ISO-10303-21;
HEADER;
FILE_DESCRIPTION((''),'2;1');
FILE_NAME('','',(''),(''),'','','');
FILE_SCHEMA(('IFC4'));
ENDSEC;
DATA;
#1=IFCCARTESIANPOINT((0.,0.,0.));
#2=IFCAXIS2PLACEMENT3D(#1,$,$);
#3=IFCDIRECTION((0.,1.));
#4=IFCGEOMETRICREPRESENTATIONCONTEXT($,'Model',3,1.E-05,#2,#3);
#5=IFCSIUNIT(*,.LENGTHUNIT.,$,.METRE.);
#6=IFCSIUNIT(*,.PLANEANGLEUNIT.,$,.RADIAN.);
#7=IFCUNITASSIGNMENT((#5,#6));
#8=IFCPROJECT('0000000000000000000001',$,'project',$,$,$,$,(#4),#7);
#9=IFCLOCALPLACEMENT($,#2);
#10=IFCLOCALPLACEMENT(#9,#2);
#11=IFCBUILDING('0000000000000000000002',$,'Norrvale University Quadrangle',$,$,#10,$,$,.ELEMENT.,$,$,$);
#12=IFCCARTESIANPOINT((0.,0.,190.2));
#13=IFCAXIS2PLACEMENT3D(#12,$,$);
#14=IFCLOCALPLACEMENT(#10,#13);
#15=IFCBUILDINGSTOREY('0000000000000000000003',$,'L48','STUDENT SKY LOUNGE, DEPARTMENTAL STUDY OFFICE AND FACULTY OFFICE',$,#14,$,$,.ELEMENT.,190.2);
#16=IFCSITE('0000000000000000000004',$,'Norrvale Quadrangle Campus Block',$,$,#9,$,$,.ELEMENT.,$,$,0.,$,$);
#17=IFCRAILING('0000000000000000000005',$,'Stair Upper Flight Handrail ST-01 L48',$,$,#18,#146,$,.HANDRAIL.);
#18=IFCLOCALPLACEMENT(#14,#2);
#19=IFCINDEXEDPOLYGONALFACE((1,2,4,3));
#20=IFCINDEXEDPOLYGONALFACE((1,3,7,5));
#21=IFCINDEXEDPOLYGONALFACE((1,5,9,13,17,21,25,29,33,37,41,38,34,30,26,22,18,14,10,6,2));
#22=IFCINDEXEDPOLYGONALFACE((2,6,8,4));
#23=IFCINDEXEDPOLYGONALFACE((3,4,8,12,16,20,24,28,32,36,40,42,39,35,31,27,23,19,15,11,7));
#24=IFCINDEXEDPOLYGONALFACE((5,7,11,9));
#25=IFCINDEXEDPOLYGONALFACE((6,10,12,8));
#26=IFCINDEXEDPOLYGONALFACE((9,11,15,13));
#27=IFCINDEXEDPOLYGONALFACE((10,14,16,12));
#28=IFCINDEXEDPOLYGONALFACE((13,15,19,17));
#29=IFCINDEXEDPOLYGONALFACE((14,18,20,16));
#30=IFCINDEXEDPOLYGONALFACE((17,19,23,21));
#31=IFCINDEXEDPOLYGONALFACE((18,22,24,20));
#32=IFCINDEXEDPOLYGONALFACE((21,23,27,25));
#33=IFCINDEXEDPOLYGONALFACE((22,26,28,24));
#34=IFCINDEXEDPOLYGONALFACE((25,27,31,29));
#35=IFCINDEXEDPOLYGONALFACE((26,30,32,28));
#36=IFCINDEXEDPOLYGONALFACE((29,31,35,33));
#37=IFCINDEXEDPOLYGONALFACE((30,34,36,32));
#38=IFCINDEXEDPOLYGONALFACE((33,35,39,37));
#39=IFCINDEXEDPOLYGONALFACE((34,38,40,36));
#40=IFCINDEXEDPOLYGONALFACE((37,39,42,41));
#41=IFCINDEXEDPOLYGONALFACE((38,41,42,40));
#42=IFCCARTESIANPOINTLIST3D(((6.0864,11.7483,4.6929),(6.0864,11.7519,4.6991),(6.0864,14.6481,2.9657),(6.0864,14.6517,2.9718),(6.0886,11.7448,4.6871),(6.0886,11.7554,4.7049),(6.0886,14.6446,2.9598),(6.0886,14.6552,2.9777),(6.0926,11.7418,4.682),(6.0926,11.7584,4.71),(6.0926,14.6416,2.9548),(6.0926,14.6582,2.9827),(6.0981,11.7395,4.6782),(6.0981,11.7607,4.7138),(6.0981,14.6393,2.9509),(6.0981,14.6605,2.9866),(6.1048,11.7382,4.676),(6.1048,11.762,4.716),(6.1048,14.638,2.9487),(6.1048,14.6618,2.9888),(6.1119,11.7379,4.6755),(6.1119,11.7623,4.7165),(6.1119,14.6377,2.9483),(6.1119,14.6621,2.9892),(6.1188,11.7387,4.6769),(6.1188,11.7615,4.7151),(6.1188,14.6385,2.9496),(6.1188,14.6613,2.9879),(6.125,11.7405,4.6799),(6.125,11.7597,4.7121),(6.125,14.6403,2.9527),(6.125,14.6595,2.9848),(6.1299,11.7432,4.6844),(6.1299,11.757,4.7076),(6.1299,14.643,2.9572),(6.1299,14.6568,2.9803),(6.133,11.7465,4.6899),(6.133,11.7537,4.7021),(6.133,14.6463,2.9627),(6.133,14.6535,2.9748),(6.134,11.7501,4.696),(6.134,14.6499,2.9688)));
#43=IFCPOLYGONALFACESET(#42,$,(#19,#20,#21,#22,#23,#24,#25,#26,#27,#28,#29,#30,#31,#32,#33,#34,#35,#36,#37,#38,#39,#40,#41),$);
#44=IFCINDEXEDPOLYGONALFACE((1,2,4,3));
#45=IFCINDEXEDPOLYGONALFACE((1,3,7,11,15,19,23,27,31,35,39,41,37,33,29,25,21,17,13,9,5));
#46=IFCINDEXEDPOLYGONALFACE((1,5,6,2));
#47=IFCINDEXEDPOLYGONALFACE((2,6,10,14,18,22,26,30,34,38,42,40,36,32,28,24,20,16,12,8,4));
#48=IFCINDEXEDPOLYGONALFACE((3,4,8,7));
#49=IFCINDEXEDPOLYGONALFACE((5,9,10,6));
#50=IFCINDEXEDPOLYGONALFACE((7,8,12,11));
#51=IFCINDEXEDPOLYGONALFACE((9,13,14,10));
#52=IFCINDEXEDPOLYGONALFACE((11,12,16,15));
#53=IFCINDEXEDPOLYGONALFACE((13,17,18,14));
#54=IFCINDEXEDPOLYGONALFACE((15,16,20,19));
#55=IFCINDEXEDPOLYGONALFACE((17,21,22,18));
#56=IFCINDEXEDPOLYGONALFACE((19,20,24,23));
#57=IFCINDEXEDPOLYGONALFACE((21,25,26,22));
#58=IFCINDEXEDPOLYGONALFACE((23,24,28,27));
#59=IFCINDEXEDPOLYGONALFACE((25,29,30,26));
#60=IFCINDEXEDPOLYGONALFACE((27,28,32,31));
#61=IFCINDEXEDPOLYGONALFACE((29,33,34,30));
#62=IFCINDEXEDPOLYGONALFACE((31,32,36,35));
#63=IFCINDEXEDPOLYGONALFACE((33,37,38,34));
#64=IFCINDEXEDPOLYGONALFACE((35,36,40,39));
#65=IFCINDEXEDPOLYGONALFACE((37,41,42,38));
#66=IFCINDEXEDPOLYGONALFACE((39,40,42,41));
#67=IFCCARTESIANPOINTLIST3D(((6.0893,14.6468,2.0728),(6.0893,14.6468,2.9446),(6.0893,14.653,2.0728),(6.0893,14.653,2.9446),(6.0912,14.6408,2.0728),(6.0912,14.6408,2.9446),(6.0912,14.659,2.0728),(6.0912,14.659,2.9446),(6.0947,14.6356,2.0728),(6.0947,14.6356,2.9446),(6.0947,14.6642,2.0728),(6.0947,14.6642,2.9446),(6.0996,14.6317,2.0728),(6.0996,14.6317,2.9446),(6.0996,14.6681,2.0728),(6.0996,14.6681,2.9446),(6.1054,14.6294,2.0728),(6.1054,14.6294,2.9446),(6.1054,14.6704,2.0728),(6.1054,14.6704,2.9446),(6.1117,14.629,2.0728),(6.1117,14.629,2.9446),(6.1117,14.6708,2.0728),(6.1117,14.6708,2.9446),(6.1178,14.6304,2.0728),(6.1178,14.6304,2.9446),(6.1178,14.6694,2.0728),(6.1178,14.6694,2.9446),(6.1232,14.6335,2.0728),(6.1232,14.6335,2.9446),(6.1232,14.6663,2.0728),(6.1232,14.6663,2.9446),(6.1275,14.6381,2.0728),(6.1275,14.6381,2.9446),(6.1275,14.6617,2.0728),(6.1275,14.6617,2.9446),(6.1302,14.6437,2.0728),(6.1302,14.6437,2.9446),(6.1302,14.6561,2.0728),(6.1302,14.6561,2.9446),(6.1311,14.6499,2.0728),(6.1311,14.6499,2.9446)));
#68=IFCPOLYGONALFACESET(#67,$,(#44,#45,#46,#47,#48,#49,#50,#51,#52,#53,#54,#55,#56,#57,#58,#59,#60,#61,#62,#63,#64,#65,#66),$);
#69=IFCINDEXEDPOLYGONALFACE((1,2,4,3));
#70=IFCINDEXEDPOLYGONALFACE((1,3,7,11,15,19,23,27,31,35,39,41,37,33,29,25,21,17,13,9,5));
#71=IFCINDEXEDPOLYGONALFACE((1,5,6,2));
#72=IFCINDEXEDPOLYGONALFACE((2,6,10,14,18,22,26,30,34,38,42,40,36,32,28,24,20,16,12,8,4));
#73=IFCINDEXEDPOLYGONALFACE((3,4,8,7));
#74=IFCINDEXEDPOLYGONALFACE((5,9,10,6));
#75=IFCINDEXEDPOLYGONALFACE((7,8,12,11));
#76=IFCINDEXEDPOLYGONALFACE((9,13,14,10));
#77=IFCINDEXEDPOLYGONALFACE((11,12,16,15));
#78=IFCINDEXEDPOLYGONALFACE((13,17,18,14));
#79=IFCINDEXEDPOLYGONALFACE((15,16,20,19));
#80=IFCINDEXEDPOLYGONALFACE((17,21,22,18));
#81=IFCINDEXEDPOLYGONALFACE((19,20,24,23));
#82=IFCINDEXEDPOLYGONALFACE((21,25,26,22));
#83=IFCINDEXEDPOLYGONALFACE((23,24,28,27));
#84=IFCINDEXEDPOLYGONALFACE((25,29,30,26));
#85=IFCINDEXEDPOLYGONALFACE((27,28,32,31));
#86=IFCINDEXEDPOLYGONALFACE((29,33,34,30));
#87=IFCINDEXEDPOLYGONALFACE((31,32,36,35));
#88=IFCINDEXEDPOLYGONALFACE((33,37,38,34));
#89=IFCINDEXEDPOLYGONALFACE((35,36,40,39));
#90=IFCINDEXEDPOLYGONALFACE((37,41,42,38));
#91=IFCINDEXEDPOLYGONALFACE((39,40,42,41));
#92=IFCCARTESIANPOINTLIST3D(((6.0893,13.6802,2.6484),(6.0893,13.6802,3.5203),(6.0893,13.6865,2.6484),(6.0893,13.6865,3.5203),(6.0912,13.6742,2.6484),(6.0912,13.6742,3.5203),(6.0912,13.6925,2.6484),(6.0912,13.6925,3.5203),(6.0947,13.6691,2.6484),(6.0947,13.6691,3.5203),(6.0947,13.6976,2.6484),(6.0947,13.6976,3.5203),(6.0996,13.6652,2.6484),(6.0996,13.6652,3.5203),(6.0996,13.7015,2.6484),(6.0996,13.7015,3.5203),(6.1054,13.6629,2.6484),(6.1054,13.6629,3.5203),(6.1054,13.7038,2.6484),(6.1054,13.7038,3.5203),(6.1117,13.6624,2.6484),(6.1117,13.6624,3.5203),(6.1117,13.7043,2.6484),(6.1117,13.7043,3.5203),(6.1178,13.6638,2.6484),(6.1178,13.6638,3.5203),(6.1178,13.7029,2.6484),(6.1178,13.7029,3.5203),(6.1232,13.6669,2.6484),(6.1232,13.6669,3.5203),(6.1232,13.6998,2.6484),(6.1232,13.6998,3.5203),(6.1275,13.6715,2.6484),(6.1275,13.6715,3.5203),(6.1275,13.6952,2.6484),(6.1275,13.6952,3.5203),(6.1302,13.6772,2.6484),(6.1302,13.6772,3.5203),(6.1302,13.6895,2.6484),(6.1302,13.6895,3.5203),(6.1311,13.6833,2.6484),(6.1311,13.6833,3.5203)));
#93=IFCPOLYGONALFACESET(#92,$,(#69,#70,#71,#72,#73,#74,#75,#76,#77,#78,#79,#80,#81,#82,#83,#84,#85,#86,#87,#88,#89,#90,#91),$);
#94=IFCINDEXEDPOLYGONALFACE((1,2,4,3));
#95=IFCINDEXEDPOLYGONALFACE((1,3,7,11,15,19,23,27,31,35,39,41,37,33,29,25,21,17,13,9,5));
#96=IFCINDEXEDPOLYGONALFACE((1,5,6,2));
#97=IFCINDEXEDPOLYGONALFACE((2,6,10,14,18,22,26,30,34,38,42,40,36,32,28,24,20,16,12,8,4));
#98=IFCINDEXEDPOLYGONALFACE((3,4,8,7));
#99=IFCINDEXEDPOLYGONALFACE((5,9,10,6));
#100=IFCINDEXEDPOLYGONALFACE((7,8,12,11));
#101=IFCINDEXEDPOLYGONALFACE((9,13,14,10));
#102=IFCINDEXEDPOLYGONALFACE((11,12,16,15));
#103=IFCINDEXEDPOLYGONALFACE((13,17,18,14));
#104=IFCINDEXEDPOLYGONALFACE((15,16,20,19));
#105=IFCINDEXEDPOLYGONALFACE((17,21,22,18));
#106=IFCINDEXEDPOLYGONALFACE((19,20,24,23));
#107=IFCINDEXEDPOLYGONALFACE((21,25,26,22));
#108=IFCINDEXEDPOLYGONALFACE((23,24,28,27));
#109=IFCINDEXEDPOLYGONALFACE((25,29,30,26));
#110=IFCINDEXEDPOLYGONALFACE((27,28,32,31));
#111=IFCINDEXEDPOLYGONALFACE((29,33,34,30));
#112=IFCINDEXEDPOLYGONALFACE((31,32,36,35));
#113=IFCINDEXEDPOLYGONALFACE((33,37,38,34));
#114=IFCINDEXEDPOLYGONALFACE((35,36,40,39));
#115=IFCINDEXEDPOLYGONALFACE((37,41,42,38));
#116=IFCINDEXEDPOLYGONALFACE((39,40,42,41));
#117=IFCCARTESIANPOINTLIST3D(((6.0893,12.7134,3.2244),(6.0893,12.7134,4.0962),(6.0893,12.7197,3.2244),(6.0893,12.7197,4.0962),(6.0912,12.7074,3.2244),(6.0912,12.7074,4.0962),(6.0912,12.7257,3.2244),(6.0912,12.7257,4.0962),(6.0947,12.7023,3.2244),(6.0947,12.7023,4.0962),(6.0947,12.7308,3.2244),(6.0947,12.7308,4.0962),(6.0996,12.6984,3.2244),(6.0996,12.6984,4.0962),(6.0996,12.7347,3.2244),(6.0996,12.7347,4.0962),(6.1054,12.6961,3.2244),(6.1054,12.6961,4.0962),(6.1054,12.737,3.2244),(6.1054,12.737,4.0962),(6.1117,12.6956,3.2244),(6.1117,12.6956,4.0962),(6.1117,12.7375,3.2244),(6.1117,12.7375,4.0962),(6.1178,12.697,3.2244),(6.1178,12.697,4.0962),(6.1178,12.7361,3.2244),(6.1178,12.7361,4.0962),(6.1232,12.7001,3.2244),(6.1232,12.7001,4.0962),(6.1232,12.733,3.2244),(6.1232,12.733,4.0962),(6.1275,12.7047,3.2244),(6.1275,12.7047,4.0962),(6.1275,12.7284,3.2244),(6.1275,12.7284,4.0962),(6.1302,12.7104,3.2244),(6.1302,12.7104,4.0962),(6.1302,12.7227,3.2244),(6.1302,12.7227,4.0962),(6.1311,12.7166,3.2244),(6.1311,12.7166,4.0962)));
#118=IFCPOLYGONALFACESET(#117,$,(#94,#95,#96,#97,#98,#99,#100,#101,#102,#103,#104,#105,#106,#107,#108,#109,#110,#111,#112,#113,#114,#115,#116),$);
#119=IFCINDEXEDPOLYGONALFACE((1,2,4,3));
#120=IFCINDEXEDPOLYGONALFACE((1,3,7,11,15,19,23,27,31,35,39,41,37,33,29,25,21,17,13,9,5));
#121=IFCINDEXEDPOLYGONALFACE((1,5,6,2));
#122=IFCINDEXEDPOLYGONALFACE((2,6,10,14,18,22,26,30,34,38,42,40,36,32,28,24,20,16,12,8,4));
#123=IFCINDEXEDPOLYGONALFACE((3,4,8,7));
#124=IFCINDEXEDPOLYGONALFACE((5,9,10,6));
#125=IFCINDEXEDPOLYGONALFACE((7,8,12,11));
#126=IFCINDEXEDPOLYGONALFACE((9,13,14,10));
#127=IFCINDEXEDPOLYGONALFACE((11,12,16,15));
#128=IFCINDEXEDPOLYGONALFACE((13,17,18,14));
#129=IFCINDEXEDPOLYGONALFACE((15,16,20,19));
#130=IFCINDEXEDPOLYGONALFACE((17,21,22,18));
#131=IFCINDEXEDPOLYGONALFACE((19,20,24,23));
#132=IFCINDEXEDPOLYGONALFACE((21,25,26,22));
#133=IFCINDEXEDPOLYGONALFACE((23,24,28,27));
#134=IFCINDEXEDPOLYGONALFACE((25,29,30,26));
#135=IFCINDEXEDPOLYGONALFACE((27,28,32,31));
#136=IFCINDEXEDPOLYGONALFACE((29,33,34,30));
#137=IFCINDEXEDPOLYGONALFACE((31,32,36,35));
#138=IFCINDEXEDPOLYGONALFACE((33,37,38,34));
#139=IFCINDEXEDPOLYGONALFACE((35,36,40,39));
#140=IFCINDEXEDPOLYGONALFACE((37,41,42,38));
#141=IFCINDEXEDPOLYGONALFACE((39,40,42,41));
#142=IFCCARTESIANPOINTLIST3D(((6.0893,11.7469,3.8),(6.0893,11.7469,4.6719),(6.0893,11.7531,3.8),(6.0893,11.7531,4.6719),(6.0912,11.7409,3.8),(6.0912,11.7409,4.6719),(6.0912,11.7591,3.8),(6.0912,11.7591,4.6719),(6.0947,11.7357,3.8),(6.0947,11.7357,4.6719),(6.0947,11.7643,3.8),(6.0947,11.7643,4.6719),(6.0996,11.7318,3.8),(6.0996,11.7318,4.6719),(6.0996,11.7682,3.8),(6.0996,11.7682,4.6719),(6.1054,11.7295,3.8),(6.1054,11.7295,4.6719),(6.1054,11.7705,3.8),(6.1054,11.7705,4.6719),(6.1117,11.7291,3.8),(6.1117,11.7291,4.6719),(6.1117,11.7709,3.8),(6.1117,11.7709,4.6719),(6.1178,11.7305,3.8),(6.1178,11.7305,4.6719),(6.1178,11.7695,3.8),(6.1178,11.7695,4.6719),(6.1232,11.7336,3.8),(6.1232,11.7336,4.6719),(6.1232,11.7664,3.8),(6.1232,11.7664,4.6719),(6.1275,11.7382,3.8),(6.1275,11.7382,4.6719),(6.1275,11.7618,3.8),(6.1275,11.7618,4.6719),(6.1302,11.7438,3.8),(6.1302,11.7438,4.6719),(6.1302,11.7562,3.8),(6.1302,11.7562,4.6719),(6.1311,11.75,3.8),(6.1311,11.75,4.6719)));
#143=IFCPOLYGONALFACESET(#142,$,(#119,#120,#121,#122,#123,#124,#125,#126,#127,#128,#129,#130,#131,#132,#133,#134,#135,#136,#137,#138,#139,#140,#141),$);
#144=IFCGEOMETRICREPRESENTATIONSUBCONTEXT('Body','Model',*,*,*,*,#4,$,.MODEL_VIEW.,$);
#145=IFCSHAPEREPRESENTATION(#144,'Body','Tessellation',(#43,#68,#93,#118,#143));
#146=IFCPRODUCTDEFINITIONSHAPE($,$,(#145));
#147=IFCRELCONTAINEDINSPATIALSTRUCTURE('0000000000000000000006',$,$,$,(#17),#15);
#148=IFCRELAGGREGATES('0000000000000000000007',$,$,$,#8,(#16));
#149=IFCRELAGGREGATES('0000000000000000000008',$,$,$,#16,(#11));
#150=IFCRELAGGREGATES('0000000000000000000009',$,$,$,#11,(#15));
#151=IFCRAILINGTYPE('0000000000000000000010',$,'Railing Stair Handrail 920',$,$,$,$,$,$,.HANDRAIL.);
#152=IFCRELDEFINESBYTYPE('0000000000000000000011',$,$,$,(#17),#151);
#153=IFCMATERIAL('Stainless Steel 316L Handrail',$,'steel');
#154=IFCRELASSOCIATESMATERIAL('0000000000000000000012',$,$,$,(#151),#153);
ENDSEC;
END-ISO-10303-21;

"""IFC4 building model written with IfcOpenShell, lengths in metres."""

from ifc_helpers import new_model, si_unit, direction, frame, origin, origin_2d, place, context, subcontext, project, spatial, circle, extrude, material, type_object, element, save


model = new_model("IFC4")

# Units and contexts
model_context = context("Model", 3, precision=1e-05, world=origin(), true_north=direction((0.0, 1.0)))
body_context = subcontext(model_context, "Body", "Model", "MODEL_VIEW")
ifc_project = project(units=[si_unit("LENGTHUNIT", "METRE"), si_unit("PLANEANGLEUNIT", "RADIAN")], contexts=[model_context])

# Site, building, storey
site_placement = place(None, origin())
site = spatial("IfcSite", under=ifc_project, at=site_placement, Name="Norrvale Quadrangle Campus Block", CompositionType="ELEMENT", RefElevation=0.0)
building_placement = place(site_placement, origin())
building = spatial("IfcBuilding", under=site, at=building_placement, Name="Norrvale University Quadrangle", CompositionType="ELEMENT")
storey_placement = place(building_placement, frame((0.0, 0.0, 190.2)))
storey = spatial("IfcBuildingStorey", under=building, at=storey_placement, Name="L48", Description="STUDENT SKY LOUNGE, DEPARTMENTAL STUDY OFFICE AND FACULTY OFFICE", CompositionType="ELEMENT", Elevation=190.2)

# Railing
ifc_material_1 = material(Name="Stainless Steel 316L Handrail", Category="steel")
railing_type_1 = type_object("IfcRailingType", Name="Railing Stair Handrail 920", PredefinedType="HANDRAIL", material=ifc_material_1)
railing_1_placement = place(storey_placement, frame((6.1101, 14.6499, 2.0728)))
element("IfcRailing", 1, at=railing_1_placement, inside=storey, type_object=railing_type_1, Name="Stair Upper Flight Handrail ST-01 L48", PredefinedType="HANDRAIL", context=body_context, shape_type="SweptSolid", body=[
    extrude(circle(Radius=0.0239, at=origin_2d()), frame((0.0, 0.0, 0.896), z_axis=(0.0, -0.859141, 0.511738), x_axis=(1.0, 0.0, 0.0)), (0.0, 0.0, 1.0), 3.3752),
    extrude(circle(Radius=0.021, at=origin_2d()), origin(), (0.0, 0.0, 1.0), 0.8718),
    extrude(circle(Radius=0.021, at=origin_2d()), frame((0.0, -0.9666, 0.5757)), (0.0, 0.0, 1.0), 0.8718),
    extrude(circle(Radius=0.021, at=origin_2d()), frame((0.0, -1.9333, 1.1516)), (0.0, 0.0, 1.0), 0.8718),
    extrude(circle(Radius=0.021, at=origin_2d()), frame((0.0, -2.8999, 1.7273)), (0.0, 0.0, 1.0), 0.8718),
])

save(model, "model.ifc")
